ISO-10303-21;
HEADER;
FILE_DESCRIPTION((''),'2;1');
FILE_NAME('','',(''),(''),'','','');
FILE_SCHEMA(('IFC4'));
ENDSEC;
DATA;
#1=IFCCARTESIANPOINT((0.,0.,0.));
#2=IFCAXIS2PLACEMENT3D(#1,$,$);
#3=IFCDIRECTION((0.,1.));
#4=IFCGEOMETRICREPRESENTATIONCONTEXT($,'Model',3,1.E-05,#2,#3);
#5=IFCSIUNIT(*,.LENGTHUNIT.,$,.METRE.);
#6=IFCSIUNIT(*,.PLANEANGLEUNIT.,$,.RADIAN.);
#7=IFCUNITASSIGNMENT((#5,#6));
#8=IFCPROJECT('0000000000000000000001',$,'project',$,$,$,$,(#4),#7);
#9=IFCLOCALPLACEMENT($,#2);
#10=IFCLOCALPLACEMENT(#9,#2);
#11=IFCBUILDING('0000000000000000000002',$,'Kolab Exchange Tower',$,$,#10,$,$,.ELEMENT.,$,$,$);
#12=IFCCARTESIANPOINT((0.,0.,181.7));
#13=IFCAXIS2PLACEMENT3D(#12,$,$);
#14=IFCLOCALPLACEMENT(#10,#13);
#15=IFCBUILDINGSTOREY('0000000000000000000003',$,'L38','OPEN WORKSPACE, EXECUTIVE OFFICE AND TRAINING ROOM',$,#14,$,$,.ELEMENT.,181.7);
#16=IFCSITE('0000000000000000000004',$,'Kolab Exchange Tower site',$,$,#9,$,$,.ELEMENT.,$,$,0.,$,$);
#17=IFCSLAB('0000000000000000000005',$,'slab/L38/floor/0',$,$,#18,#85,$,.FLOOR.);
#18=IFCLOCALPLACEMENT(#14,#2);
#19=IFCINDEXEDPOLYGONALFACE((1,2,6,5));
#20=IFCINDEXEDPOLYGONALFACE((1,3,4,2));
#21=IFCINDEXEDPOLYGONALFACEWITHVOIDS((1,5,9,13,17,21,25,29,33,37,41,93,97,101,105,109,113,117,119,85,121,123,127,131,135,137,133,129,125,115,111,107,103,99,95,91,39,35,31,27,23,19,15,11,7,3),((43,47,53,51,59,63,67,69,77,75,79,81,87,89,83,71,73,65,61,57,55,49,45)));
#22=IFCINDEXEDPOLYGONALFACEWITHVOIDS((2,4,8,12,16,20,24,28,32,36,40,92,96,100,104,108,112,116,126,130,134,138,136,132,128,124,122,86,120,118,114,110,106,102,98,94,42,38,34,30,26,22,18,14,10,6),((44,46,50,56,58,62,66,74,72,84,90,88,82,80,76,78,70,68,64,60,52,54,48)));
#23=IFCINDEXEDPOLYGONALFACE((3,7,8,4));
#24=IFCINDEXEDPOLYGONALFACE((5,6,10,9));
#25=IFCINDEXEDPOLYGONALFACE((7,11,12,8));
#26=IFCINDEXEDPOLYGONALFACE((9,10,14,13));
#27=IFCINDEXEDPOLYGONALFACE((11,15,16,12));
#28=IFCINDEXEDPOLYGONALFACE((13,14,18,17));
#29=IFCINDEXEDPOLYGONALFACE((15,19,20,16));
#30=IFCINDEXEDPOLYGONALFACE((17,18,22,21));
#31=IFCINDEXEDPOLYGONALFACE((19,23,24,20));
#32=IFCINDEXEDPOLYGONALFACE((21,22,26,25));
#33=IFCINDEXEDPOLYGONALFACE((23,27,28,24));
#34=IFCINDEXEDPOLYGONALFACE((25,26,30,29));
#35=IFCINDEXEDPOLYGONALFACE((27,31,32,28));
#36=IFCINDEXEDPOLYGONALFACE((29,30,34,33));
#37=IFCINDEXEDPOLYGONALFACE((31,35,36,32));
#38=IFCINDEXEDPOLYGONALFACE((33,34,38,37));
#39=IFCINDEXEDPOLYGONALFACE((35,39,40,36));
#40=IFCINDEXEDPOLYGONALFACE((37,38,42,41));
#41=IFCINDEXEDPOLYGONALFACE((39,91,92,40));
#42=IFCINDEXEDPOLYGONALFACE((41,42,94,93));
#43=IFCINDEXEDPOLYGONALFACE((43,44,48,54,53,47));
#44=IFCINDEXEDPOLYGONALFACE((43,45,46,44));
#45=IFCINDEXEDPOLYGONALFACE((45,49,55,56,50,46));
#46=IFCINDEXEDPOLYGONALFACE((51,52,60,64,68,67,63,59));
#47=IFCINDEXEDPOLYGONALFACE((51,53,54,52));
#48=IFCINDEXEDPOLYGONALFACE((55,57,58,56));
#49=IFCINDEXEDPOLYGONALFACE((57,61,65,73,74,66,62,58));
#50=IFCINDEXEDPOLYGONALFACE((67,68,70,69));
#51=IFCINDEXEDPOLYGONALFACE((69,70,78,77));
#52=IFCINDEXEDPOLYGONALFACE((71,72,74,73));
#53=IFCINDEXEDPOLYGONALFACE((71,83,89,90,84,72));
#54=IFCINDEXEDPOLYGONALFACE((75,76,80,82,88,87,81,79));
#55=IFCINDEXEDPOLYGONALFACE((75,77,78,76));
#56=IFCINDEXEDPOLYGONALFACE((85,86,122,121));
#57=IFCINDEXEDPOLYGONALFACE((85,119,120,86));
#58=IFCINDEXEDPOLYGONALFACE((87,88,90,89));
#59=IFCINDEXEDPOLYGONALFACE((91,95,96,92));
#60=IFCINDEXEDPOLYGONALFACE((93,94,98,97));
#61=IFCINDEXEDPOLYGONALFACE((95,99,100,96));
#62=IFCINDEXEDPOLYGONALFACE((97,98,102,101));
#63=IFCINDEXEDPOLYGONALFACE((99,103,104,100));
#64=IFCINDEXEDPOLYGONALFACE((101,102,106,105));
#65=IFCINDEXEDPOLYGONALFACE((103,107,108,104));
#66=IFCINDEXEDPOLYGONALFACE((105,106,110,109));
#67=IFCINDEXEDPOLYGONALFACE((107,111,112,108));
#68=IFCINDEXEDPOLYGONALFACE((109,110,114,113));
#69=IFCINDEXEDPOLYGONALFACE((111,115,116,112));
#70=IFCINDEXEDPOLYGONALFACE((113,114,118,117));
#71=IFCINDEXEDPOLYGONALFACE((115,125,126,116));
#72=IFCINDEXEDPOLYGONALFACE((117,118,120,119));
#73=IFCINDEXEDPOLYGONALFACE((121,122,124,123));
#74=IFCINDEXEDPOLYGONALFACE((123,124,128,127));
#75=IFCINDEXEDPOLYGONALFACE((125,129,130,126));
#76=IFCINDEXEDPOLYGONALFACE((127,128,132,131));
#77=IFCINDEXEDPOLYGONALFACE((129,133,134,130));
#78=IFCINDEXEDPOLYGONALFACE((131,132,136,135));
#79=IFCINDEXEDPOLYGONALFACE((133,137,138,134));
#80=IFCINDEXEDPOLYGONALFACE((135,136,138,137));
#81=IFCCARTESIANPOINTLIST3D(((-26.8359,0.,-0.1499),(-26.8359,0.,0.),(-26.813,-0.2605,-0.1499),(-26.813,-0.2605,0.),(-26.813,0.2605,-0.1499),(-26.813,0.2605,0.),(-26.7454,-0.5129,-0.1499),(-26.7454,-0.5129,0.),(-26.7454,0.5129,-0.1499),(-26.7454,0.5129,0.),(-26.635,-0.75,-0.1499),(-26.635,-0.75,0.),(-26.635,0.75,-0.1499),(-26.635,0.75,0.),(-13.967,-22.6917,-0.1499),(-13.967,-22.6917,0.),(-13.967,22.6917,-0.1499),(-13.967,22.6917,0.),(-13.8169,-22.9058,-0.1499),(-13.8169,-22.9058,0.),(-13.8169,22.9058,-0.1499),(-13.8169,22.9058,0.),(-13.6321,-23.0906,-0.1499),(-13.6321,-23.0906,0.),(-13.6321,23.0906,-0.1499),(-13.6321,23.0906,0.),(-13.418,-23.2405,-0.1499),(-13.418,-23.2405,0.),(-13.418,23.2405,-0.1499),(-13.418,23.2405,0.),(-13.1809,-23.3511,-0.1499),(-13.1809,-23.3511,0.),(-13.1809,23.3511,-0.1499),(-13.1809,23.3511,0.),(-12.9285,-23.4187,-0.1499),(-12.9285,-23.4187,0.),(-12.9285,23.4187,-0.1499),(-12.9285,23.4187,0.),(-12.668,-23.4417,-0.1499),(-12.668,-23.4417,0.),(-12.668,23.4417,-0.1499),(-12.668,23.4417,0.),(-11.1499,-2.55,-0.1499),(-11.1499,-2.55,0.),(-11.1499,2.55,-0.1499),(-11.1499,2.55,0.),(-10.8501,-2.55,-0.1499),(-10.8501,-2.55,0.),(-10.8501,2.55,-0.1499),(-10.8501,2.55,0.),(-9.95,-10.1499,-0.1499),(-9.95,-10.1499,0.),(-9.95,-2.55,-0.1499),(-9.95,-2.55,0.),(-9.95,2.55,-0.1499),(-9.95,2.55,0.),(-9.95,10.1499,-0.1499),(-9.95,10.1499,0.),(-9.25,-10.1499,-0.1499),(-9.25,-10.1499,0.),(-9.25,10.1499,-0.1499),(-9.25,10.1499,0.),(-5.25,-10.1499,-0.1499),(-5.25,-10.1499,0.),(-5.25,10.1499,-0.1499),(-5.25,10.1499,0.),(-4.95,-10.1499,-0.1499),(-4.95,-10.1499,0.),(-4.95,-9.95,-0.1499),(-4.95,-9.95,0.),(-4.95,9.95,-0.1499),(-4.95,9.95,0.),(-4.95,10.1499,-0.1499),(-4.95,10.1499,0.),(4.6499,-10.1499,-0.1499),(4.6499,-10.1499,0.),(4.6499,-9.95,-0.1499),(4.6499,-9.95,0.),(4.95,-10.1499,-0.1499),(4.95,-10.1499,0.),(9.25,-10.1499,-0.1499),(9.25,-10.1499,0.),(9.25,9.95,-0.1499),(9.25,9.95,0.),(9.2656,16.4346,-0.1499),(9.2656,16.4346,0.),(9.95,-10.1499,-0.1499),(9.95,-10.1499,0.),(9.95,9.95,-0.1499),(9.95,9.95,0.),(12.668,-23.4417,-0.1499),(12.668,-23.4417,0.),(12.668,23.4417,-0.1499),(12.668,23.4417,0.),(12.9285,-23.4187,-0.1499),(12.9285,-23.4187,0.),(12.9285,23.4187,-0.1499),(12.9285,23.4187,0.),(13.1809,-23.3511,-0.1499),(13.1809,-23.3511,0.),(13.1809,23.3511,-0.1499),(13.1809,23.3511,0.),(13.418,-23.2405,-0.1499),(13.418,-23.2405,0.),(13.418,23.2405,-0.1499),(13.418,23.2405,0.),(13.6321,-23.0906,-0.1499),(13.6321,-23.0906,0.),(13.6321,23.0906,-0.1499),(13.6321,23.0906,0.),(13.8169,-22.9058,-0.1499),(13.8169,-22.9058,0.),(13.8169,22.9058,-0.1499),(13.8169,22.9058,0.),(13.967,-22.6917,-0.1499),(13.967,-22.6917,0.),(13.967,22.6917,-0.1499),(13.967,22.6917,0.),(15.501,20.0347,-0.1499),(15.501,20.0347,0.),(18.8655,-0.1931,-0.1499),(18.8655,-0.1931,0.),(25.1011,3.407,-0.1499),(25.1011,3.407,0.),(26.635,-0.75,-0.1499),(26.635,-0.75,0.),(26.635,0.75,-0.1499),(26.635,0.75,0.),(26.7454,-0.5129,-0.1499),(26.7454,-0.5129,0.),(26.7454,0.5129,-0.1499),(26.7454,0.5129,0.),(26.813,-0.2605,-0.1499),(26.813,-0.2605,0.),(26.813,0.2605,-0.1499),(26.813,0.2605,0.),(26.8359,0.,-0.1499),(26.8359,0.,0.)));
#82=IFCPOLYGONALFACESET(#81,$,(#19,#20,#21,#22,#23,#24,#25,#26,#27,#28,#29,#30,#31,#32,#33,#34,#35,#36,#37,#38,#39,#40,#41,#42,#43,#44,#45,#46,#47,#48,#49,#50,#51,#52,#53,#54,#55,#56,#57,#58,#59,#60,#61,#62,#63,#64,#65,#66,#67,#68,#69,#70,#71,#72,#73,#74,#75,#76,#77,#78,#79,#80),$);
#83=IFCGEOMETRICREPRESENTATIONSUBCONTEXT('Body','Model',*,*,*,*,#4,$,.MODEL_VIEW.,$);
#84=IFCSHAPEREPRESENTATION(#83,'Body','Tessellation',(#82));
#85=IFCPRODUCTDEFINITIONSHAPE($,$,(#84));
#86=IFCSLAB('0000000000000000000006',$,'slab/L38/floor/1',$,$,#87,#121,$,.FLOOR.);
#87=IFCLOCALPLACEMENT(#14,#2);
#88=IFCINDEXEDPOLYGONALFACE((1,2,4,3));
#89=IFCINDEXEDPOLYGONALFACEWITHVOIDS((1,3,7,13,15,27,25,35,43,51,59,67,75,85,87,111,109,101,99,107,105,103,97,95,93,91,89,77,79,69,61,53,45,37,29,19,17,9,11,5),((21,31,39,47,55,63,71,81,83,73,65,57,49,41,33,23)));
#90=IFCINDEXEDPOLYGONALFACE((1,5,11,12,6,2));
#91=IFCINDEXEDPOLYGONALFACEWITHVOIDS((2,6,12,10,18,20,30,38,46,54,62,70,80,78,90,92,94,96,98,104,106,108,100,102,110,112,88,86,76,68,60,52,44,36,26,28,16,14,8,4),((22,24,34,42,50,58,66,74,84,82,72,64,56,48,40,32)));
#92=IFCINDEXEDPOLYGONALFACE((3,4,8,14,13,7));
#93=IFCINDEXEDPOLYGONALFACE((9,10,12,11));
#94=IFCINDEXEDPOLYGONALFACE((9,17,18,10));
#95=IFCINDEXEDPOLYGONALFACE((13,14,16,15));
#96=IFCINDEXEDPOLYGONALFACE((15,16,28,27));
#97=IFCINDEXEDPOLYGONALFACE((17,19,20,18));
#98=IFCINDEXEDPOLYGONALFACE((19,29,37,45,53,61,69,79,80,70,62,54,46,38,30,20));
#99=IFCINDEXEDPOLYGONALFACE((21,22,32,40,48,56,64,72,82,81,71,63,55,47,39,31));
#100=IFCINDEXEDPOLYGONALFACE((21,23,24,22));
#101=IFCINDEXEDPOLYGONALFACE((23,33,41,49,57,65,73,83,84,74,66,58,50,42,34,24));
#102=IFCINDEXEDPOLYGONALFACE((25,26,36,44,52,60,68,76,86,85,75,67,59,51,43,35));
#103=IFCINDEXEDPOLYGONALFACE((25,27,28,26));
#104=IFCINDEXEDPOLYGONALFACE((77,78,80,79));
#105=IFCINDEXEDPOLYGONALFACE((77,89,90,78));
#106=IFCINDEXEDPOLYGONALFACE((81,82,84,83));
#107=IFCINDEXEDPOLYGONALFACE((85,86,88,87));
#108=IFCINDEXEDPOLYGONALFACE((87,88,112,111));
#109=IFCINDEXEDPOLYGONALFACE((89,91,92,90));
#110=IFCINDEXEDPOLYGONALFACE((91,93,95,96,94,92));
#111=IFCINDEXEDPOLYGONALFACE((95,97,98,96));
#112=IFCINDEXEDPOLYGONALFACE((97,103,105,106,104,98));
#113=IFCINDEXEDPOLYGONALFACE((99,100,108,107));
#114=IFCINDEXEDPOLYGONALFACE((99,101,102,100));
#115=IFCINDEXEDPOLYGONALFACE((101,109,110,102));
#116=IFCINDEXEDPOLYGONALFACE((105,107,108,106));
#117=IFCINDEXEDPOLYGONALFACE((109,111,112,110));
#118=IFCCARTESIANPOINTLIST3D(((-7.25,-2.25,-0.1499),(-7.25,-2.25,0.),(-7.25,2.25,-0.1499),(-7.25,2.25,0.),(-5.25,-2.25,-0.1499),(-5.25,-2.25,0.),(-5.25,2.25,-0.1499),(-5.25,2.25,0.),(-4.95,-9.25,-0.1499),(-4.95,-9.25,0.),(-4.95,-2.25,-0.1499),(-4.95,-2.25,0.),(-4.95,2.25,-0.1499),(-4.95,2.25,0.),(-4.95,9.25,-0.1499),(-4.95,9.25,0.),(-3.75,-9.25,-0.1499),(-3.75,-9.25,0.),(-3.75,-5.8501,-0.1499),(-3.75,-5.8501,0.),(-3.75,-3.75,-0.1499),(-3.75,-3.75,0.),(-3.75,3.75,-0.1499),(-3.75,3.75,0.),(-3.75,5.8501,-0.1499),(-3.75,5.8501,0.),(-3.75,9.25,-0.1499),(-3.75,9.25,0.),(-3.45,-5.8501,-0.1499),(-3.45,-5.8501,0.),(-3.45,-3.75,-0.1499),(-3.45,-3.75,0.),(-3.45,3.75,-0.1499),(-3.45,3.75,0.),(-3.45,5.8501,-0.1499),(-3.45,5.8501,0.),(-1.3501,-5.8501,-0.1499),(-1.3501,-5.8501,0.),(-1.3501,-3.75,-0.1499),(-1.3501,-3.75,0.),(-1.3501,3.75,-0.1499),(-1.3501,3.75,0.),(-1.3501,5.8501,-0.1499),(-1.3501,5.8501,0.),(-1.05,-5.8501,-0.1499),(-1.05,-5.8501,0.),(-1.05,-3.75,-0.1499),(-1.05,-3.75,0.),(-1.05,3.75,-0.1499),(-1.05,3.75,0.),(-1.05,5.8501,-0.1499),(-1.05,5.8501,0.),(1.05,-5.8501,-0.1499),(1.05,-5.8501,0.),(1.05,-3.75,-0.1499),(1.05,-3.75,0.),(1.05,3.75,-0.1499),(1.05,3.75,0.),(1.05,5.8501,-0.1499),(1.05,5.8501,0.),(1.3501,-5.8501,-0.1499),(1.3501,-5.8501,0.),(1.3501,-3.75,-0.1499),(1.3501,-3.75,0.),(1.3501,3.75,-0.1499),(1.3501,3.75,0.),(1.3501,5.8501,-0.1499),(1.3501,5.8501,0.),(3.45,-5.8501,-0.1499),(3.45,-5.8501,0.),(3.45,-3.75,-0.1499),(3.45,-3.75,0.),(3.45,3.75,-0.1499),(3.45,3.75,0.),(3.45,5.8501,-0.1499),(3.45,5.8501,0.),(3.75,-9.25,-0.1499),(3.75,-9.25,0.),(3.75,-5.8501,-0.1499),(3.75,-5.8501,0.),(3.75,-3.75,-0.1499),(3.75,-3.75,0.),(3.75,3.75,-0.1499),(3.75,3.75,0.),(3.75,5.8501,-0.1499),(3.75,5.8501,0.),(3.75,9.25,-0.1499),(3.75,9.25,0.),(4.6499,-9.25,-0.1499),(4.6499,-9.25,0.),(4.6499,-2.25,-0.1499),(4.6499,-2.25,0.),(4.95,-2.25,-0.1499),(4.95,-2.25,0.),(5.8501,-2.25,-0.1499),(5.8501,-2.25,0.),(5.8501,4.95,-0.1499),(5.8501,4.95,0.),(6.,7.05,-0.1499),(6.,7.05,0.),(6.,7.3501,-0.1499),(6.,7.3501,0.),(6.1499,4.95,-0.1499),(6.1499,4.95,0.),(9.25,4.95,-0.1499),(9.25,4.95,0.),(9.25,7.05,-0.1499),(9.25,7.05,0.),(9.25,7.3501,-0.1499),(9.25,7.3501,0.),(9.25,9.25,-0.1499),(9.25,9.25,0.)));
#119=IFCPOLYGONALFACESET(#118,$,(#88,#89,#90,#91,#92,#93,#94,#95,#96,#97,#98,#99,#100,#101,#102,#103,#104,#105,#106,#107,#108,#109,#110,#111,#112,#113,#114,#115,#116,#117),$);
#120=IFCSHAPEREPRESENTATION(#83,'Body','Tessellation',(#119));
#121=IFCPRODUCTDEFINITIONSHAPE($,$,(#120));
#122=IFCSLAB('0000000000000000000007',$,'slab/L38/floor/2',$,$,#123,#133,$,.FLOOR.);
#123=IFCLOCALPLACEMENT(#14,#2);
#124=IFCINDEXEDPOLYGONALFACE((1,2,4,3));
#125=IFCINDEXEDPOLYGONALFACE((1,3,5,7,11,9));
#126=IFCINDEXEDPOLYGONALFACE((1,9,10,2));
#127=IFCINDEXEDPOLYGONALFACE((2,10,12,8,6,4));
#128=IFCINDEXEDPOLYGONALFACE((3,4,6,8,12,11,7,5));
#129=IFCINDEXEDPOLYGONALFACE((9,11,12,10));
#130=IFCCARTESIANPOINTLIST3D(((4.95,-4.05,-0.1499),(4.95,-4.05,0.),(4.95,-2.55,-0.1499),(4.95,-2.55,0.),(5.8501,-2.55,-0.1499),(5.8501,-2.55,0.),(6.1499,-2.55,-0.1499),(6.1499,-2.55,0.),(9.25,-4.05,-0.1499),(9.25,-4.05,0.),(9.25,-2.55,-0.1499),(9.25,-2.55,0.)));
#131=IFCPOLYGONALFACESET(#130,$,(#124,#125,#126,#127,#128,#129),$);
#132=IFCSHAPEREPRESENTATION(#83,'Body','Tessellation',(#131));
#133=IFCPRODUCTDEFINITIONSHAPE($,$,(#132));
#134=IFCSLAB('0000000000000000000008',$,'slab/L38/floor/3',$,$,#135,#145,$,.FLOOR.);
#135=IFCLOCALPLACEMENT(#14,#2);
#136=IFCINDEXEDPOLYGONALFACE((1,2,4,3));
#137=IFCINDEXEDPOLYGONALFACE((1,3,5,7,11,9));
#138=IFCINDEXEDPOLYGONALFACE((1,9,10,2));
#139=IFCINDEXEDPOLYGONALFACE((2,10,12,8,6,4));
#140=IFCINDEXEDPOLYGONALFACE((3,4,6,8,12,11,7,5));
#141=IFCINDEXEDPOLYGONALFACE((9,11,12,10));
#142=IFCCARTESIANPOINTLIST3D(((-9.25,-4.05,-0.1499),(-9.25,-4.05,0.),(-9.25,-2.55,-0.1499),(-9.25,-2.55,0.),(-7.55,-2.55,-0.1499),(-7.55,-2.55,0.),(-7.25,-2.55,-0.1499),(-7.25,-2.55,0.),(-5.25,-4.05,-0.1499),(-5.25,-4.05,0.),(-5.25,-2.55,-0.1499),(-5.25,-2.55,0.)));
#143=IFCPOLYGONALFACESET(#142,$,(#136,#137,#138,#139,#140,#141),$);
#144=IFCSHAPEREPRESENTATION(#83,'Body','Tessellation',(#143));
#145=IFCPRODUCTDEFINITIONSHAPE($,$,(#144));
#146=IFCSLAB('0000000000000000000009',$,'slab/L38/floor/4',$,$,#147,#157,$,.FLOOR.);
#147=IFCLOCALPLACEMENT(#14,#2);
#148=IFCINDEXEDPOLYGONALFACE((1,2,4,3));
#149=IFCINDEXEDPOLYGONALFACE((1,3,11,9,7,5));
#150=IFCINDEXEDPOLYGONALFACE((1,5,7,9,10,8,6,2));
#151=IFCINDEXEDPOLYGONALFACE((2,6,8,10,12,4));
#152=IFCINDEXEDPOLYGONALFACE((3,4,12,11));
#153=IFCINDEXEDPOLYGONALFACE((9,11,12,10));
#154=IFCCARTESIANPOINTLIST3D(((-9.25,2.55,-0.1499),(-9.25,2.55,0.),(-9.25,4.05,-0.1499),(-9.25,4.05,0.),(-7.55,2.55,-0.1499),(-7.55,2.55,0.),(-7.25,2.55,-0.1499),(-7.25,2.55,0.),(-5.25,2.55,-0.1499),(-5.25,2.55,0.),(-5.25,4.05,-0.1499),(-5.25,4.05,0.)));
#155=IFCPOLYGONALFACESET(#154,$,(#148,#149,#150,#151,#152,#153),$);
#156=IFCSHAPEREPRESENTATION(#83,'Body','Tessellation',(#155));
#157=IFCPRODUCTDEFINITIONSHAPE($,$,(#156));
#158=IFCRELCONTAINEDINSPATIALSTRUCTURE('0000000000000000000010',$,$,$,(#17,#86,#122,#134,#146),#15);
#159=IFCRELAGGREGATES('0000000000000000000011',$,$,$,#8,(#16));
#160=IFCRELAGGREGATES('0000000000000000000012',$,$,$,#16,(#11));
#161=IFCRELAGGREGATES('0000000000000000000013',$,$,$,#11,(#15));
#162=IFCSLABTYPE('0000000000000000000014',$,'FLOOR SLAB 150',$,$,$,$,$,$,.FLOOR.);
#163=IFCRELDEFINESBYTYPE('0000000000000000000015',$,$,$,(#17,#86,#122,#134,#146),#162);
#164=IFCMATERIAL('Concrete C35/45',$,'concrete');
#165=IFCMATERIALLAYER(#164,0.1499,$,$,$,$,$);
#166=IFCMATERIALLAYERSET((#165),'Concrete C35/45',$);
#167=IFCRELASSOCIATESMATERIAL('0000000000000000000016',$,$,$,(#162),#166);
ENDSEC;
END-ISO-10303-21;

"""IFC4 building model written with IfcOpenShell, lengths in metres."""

from ifc_helpers import new_model, si_unit, direction, frame, origin, place, context, subcontext, project, spatial, polyline, outline, extrude, material, layer, layer_set, type_object, element, save


model = new_model("IFC4")

# Units and contexts
model_context = context("Model", 3, precision=1e-05, world=origin(), true_north=direction((0.0, 1.0)))
body_context = subcontext(model_context, "Body", "Model", "MODEL_VIEW")
ifc_project = project(units=[si_unit("LENGTHUNIT", "METRE"), si_unit("PLANEANGLEUNIT", "RADIAN")], contexts=[model_context])

# Site, building, storey
site_placement = place(None, origin())
site = spatial("IfcSite", under=ifc_project, at=site_placement, Name="Kolab Exchange Tower site", CompositionType="ELEMENT", RefElevation=0.0)
building_placement = place(site_placement, origin())
building = spatial("IfcBuilding", under=site, at=building_placement, Name="Kolab Exchange Tower", CompositionType="ELEMENT")
storey_placement = place(building_placement, frame((0.0, 0.0, 181.7)))
storey = spatial("IfcBuildingStorey", under=building, at=storey_placement, Name="L38", Description="OPEN WORKSPACE, EXECUTIVE OFFICE AND TRAINING ROOM", CompositionType="ELEMENT", Elevation=181.7)

# Slabs
ifc_material_1 = material(Name="Concrete C35/45", Category="concrete")
ifc_layer_1 = layer(ifc_material_1, 0.1499)
ifc_layer_set_1 = layer_set([ifc_layer_1], Name="Concrete C35/45")
slab_type_1 = type_object("IfcSlabType", Name="FLOOR SLAB 150", PredefinedType="FLOOR", material=ifc_layer_set_1)
slab_1_placement = place(storey_placement, frame((0.0, 0.0, -0.1499)))
element("IfcSlab", 1, at=slab_1_placement, inside=storey, type_object=slab_type_1, Name="slab/L38/floor/0", PredefinedType="FLOOR", context=body_context, shape_type="SweptSolid", body=[
    extrude(outline(polyline([(26.635, 0.75), (25.1011, 3.407), (18.8655, -0.1931), (9.2656, 16.4346), (15.501, 20.0347), (13.967, 22.6917), (13.8169, 22.9058), (13.6321, 23.0906), (13.418, 23.2405), (13.1809, 23.3511), (12.9285, 23.4187), (12.668, 23.4417), (-12.668, 23.4417), (-12.9285, 23.4187), (-13.1809, 23.3511), (-13.418, 23.2405), (-13.6321, 23.0906), (-13.8169, 22.9058), (-13.967, 22.6917), (-26.635, 0.75), (-26.7454, 0.5129), (-26.813, 0.2605), (-26.8359, 0.0), (-26.813, -0.2605), (-26.7454, -0.5129), (-26.635, -0.75), (-13.967, -22.6917), (-13.8169, -22.9058), (-13.6321, -23.0906), (-13.418, -23.2405), (-13.1809, -23.3511), (-12.9285, -23.4187), (-12.668, -23.4417), (12.668, -23.4417), (12.9285, -23.4187), (13.1809, -23.3511), (13.418, -23.2405), (13.6321, -23.0906), (13.8169, -22.9058), (13.967, -22.6917), (26.635, -0.75), (26.7454, -0.5129), (26.813, -0.2605), (26.8359, 0.0), (26.813, 0.2605), (26.7454, 0.5129), (26.635, 0.75)]), holes=[polyline([(-9.25, -10.1499), (-9.95, -10.1499), (-9.95, -2.55), (-10.8501, -2.55), (-11.1499, -2.55), (-11.1499, 2.55), (-10.8501, 2.55), (-9.95, 2.55), (-9.95, 10.1499), (-9.25, 10.1499), (-5.25, 10.1499), (-4.95, 10.1499), (-4.95, 9.95), (9.25, 9.95), (9.95, 9.95), (9.95, -10.1499), (9.25, -10.1499), (4.95, -10.1499), (4.6499, -10.1499), (4.6499, -9.95), (-4.95, -9.95), (-4.95, -10.1499), (-5.25, -10.1499), (-9.25, -10.1499)])]), origin(), (0.0, 0.0, 1.0), 0.1499),
])
slab_2_placement = place(storey_placement, frame((0.0, 0.0, -0.1499)))
element("IfcSlab", 2, at=slab_2_placement, inside=storey, type_object=slab_type_1, Name="slab/L38/floor/1", PredefinedType="FLOOR", context=body_context, shape_type="SweptSolid", body=[
    extrude(outline(polyline([(-4.95, 9.25), (-4.95, 2.25), (-5.25, 2.25), (-7.25, 2.25), (-7.25, -2.25), (-5.25, -2.25), (-4.95, -2.25), (-4.95, -9.25), (-3.75, -9.25), (-3.75, -5.8501), (-3.45, -5.8501), (-1.3501, -5.8501), (-1.05, -5.8501), (1.05, -5.8501), (1.3501, -5.8501), (3.45, -5.8501), (3.75, -5.8501), (3.75, -9.25), (4.6499, -9.25), (4.6499, -2.25), (4.95, -2.25), (5.8501, -2.25), (5.8501, 4.95), (6.1499, 4.95), (9.25, 4.95), (9.25, 7.05), (6.0, 7.05), (6.0, 7.3501), (9.25, 7.3501), (9.25, 9.25), (3.75, 9.25), (3.75, 5.8501), (3.45, 5.8501), (1.3501, 5.8501), (1.05, 5.8501), (-1.05, 5.8501), (-1.3501, 5.8501), (-3.45, 5.8501), (-3.75, 5.8501), (-3.75, 9.25), (-4.95, 9.25)]), holes=[polyline([(-3.45, -3.75), (-3.75, -3.75), (-3.75, 3.75), (-3.45, 3.75), (-1.3501, 3.75), (-1.05, 3.75), (1.05, 3.75), (1.3501, 3.75), (3.45, 3.75), (3.75, 3.75), (3.75, -3.75), (3.45, -3.75), (1.3501, -3.75), (1.05, -3.75), (-1.05, -3.75), (-1.3501, -3.75), (-3.45, -3.75)])]), origin(), (0.0, 0.0, 1.0), 0.1499),
])
slab_3_placement = place(storey_placement, frame((0.0, 0.0, -0.1499)))
element("IfcSlab", 3, at=slab_3_placement, inside=storey, type_object=slab_type_1, Name="slab/L38/floor/2", PredefinedType="FLOOR", context=body_context, shape_type="SweptSolid", body=[
    extrude(outline(polyline([(4.95, -4.05), (9.25, -4.05), (9.25, -2.55), (6.1499, -2.55), (5.8501, -2.55), (4.95, -2.55), (4.95, -4.05)])), origin(), (0.0, 0.0, 1.0), 0.1499),
])
slab_4_placement = place(storey_placement, frame((0.0, 0.0, -0.1499)))
element("IfcSlab", 4, at=slab_4_placement, inside=storey, type_object=slab_type_1, Name="slab/L38/floor/3", PredefinedType="FLOOR", context=body_context, shape_type="SweptSolid", body=[
    extrude(outline(polyline([(-7.55, -2.55), (-9.25, -2.55), (-9.25, -4.05), (-5.25, -4.05), (-5.25, -2.55), (-7.25, -2.55), (-7.55, -2.55)])), origin(), (0.0, 0.0, 1.0), 0.1499),
])
slab_5_placement = place(storey_placement, frame((0.0, 0.0, -0.1499)))
element("IfcSlab", 5, at=slab_5_placement, inside=storey, type_object=slab_type_1, Name="slab/L38/floor/4", PredefinedType="FLOOR", context=body_context, shape_type="SweptSolid", body=[
    extrude(outline(polyline([(-9.25, 2.55), (-7.55, 2.55), (-7.25, 2.55), (-5.25, 2.55), (-5.25, 4.05), (-9.25, 4.05), (-9.25, 2.55)])), origin(), (0.0, 0.0, 1.0), 0.1499),
])

save(model, "model.ifc")
